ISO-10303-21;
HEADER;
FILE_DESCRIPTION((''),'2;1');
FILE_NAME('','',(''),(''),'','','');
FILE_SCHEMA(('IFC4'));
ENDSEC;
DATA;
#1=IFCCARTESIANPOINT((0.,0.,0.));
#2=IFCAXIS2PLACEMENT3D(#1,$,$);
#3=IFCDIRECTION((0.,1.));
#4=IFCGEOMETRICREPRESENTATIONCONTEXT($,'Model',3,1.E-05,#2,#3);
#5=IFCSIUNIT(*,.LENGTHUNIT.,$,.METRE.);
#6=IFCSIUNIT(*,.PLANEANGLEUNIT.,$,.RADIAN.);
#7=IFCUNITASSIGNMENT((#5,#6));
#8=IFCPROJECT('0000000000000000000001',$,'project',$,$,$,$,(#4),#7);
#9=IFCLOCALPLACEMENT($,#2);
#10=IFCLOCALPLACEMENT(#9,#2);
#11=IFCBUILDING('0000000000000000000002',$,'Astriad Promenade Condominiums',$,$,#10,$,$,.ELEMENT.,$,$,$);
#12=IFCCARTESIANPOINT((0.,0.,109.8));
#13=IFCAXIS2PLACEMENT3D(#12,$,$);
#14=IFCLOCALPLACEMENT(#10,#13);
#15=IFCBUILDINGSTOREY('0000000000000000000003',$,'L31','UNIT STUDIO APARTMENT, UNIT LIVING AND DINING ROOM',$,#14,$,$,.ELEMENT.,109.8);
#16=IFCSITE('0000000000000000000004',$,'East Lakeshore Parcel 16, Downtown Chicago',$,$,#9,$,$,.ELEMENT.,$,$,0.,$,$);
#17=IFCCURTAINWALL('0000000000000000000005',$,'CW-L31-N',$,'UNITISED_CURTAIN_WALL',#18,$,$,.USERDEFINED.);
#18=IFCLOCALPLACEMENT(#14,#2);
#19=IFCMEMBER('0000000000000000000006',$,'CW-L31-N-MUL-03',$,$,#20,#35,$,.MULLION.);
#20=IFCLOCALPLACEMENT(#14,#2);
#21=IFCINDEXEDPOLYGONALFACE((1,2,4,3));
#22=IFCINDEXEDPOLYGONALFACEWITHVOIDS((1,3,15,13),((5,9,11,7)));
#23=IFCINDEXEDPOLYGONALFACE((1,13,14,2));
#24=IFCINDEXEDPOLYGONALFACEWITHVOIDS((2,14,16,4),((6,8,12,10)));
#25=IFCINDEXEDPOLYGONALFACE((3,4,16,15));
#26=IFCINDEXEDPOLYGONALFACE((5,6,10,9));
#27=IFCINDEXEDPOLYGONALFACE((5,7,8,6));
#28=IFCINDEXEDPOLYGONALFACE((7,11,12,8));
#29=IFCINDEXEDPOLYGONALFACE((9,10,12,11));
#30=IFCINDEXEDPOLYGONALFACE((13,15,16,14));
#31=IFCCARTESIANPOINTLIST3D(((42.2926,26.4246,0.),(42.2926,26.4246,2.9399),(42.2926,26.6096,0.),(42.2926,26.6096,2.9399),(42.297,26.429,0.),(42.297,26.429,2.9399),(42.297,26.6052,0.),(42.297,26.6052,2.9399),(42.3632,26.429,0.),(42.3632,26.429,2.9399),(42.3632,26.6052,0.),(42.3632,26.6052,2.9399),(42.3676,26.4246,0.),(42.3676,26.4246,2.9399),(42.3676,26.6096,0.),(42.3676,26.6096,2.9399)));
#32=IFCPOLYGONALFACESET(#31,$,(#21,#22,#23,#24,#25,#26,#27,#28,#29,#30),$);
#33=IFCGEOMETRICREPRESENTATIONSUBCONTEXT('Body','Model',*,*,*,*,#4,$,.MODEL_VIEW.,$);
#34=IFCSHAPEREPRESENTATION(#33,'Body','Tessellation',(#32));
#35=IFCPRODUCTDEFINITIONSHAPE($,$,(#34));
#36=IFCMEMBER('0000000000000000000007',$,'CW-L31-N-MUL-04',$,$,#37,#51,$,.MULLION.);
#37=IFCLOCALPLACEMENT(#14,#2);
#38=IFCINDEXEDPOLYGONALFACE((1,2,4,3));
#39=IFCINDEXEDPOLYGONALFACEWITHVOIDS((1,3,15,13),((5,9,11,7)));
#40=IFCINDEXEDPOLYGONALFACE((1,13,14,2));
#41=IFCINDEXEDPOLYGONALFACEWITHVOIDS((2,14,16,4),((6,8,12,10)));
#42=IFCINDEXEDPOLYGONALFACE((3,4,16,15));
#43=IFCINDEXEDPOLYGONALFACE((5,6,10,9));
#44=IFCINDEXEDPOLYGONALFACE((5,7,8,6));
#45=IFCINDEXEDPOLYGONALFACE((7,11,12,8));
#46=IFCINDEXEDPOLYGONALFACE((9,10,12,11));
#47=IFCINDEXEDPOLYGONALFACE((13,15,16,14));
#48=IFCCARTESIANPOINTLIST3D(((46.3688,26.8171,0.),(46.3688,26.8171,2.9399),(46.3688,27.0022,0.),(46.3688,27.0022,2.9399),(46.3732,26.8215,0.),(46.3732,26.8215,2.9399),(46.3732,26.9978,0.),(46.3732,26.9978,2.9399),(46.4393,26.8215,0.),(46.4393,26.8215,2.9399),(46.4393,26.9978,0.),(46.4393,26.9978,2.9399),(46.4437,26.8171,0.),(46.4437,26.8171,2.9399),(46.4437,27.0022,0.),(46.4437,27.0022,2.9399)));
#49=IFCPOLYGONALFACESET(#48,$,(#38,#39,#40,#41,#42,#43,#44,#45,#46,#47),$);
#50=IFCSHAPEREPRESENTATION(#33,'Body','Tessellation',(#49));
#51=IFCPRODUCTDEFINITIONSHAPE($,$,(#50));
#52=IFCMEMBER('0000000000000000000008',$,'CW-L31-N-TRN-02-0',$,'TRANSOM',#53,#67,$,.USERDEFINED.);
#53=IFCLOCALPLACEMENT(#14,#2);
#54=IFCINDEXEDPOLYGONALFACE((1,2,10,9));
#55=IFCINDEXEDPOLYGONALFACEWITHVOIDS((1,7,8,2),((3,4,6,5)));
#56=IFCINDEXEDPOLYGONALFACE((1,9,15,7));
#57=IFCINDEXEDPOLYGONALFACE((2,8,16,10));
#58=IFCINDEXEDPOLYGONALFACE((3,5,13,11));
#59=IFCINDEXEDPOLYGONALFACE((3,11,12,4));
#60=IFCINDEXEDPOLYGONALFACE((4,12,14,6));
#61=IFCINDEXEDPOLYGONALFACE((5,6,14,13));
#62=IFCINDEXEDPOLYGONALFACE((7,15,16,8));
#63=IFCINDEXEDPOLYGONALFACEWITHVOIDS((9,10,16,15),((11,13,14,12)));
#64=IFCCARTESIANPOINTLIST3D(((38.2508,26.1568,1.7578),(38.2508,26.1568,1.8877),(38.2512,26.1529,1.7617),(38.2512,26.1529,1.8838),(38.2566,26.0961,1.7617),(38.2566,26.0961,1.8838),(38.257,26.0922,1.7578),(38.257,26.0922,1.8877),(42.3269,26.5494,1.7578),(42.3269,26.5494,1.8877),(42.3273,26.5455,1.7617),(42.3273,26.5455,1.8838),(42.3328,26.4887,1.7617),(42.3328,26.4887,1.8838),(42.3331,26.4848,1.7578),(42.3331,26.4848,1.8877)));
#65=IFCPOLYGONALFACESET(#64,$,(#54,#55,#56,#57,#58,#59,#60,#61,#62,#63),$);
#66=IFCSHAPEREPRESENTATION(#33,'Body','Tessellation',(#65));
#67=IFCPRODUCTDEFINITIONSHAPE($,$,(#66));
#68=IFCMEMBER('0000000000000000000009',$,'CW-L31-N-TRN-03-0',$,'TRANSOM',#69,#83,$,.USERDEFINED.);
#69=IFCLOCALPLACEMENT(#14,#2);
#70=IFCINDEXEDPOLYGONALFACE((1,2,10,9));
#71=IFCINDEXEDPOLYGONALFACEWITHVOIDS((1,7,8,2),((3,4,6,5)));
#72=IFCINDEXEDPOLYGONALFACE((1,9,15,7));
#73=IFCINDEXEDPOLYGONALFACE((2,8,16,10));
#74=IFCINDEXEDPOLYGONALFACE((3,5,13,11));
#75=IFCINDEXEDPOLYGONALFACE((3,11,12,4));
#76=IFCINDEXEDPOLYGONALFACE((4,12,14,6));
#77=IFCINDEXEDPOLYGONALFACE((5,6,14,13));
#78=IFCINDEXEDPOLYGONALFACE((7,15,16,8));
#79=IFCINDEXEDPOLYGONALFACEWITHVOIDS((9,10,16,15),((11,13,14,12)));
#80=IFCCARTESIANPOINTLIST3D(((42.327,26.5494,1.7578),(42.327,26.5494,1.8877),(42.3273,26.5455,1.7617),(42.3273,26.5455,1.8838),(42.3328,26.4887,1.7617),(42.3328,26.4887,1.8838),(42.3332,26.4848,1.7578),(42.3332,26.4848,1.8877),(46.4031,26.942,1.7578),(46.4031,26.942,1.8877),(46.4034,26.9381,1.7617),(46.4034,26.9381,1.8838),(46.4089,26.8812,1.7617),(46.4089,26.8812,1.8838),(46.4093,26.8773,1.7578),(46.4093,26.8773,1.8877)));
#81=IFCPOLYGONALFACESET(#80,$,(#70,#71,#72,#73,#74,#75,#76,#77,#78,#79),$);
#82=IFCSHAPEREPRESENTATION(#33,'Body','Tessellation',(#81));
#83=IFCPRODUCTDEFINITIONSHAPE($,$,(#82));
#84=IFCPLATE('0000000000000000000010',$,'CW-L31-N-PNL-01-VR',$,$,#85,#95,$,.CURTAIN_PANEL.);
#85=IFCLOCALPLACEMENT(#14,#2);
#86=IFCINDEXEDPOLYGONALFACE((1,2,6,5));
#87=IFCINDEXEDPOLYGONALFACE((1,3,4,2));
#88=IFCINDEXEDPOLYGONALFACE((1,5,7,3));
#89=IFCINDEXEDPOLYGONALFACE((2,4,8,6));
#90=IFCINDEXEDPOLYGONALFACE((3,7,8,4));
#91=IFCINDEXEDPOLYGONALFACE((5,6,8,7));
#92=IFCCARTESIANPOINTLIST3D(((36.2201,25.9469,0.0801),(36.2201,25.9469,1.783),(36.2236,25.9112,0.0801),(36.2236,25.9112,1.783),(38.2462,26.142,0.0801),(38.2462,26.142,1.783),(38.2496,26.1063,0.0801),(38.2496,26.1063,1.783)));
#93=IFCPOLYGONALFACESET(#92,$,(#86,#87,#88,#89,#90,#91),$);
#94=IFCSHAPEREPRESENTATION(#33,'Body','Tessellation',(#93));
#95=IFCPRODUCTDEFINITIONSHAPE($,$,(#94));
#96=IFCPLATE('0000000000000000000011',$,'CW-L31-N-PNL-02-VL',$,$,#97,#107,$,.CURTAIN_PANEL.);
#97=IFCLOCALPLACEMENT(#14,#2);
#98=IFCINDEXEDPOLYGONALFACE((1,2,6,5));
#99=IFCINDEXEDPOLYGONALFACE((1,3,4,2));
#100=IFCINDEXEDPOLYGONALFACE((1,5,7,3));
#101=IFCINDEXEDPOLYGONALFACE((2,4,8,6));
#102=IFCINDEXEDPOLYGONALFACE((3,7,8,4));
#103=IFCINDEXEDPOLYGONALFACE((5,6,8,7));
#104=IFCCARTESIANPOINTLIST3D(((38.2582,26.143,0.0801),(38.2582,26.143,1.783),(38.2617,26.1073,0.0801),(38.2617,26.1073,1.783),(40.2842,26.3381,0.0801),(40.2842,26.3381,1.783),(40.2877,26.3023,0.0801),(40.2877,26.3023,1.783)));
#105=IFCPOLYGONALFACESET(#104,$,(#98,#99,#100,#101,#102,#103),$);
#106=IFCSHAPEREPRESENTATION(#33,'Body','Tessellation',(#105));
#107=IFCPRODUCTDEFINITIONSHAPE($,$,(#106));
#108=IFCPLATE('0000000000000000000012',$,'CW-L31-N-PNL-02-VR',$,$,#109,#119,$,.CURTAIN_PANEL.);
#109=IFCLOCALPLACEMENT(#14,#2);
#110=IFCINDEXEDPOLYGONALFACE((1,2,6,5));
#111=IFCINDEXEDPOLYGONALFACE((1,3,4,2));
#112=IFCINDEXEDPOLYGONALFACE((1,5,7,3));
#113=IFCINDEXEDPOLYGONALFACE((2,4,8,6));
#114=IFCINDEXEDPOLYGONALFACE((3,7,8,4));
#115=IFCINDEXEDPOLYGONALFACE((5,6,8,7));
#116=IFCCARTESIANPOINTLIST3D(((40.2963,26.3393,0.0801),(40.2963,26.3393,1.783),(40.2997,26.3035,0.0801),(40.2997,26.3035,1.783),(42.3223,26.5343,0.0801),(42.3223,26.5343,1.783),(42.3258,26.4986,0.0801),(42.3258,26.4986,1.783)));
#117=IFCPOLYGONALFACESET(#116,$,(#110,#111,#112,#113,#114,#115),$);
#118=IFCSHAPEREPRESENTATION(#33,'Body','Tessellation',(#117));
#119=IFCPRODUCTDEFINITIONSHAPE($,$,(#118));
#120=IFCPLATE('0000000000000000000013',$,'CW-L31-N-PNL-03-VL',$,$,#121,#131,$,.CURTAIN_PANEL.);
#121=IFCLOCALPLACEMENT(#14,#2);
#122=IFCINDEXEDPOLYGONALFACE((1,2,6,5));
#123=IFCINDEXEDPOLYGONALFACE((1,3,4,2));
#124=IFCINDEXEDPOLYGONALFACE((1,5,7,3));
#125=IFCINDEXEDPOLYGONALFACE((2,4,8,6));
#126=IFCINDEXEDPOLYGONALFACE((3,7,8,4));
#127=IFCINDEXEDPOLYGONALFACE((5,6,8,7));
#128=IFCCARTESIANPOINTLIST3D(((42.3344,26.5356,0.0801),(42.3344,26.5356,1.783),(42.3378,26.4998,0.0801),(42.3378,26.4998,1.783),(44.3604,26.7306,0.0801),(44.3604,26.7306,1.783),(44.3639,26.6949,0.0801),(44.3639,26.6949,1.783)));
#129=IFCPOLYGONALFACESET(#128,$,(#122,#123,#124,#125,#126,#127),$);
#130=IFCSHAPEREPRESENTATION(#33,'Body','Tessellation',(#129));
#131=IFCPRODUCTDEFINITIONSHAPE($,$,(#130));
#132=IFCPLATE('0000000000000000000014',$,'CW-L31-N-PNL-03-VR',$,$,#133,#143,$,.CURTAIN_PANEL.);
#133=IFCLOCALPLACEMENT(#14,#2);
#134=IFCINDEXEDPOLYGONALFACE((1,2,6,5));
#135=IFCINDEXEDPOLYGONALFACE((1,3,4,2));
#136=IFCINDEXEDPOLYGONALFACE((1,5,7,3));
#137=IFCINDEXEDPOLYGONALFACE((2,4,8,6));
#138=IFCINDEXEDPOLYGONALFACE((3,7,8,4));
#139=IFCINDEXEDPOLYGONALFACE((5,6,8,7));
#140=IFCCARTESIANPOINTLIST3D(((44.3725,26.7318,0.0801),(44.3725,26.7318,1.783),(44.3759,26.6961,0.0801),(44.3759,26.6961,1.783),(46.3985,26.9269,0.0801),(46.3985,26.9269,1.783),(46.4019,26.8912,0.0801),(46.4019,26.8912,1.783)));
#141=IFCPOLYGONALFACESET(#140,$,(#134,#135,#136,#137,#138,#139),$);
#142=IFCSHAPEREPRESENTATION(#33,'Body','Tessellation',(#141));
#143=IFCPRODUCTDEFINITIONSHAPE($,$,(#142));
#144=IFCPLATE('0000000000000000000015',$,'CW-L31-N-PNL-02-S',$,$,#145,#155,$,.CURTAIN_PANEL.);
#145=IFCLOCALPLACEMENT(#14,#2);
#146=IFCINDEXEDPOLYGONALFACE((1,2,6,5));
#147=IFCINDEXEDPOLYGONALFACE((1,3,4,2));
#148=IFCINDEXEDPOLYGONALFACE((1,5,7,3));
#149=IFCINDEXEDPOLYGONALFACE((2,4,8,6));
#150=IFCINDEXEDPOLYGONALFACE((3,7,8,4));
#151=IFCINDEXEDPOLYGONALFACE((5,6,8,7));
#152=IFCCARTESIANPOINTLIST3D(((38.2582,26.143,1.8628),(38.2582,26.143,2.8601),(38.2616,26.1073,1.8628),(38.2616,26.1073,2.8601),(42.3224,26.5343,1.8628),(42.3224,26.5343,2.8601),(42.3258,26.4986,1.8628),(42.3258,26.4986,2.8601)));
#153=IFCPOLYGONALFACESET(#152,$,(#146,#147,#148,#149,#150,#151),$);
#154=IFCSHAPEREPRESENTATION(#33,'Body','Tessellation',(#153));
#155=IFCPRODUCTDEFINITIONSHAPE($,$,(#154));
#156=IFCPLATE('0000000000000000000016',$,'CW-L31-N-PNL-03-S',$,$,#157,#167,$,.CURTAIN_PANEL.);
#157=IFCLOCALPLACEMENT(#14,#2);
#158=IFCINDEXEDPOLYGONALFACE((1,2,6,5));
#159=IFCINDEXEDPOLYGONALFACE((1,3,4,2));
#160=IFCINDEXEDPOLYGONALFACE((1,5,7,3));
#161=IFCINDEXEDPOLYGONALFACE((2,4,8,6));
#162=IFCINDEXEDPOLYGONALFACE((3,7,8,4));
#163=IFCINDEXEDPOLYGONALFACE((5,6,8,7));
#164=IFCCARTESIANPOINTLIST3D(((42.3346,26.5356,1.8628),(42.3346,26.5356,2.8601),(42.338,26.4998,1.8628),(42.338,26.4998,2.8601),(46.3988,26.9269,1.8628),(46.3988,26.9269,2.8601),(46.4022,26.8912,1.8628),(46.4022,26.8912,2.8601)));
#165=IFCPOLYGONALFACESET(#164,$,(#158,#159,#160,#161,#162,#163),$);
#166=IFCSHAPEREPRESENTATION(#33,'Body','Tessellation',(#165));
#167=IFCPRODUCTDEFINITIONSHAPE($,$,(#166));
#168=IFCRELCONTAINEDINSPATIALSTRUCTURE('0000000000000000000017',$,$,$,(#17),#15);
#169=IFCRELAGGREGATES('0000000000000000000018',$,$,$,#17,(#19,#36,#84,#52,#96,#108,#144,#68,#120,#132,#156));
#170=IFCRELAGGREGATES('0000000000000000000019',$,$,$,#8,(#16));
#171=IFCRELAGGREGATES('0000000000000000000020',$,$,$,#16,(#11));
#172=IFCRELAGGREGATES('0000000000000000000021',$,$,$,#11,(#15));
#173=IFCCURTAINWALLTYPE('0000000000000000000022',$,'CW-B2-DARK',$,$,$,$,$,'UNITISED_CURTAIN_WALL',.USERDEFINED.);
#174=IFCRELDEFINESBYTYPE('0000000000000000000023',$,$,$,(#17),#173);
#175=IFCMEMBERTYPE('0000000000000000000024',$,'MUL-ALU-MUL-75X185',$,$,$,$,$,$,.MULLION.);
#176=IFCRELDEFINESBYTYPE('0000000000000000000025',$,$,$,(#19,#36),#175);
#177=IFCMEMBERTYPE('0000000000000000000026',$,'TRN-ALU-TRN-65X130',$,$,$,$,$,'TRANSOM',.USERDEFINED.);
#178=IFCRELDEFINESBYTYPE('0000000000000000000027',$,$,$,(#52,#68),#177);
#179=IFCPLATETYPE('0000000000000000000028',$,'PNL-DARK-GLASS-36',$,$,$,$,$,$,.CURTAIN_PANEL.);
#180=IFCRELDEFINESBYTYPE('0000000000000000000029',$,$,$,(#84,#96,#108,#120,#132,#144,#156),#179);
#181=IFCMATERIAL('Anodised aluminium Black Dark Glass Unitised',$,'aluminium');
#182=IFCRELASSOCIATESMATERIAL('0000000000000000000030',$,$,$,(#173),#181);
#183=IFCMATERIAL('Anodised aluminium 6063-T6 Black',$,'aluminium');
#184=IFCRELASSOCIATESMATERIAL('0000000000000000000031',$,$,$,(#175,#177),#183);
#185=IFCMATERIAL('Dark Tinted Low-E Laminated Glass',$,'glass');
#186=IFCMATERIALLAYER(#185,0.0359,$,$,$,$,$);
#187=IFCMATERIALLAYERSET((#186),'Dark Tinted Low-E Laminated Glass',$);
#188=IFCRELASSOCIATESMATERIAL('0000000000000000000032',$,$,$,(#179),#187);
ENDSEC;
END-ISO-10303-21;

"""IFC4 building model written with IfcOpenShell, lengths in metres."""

from ifc_helpers import new_model, si_unit, direction, frame, origin, origin_2d, place, context, subcontext, project, spatial, rectangle, hollow_rectangle, extrude, source, transform, mapped, material, layer, layer_set, material_profile, profile_set, type_object, type_shapes, element, aggregate, save


model = new_model("IFC4")

# Units and contexts
model_context = context("Model", 3, precision=1e-05, world=origin(), true_north=direction((0.0, 1.0)))
body_context = subcontext(model_context, "Body", "Model", "MODEL_VIEW")
ifc_project = project(units=[si_unit("LENGTHUNIT", "METRE"), si_unit("PLANEANGLEUNIT", "RADIAN")], contexts=[model_context])

# Site, building, storey
site_placement = place(None, origin())
site = spatial("IfcSite", under=ifc_project, at=site_placement, Name="East Lakeshore Parcel 16, Downtown Chicago", CompositionType="ELEMENT", RefElevation=0.0)
building_placement = place(site_placement, origin())
building = spatial("IfcBuilding", under=site, at=building_placement, Name="Astriad Promenade Condominiums", CompositionType="ELEMENT")
storey_placement = place(building_placement, frame((0.0, 0.0, 109.8)))
storey = spatial("IfcBuildingStorey", under=building, at=storey_placement, Name="L31", Description="UNIT STUDIO APARTMENT, UNIT LIVING AND DINING ROOM", CompositionType="ELEMENT", Elevation=109.8)

# Curtain wall, members, plates
ifc_material_1 = material(Name="Anodised aluminium Black Dark Glass Unitised", Category="aluminium")
curtain_wall_type = type_object("IfcCurtainWallType", Name="CW-B2-DARK", ElementType="UNITISED_CURTAIN_WALL", PredefinedType="USERDEFINED", material=ifc_material_1)
curtain_wall_placement = place(storey_placement, origin())
curtain_wall = element("IfcCurtainWall", 1, at=curtain_wall_placement, inside=storey, type_object=curtain_wall_type, Name="CW-L31-N", ObjectType="UNITISED_CURTAIN_WALL", PredefinedType="USERDEFINED")
ifc_material_2 = material(Name="Anodised aluminium 6063-T6 Black", Category="aluminium")
ifc_material_profile_1 = material_profile(ifc_material_2, hollow_rectangle(XDim=0.075, YDim=0.1851, WallThickness=0.0044, at=origin_2d()), Name="ALU-MUL-75X185")
ifc_profile_set_1 = profile_set([ifc_material_profile_1], Name="Anodised aluminium 6063-T6 Black")
member_type_1 = type_object("IfcMemberType", Name="MUL-ALU-MUL-75X185", PredefinedType="MULLION", material=ifc_profile_set_1)
shared_shape_1 = source(origin(), body_context, "Body", "SweptSolid", [
    extrude(hollow_rectangle(XDim=0.075, YDim=0.1851, WallThickness=0.0044, at=origin_2d()), origin(), (0.0, 0.0, 1.0), 2.9399),
])
type_shapes(member_type_1, [shared_shape_1])
member_1_placement = place(storey_placement, frame((42.3301, 26.5171, 0.0), z_axis=(0.0, 0.0, 1.0), x_axis=(1.0, 0.0, 0.0)))
member_1 = element("IfcMember", 2, at=member_1_placement, type_object=member_type_1, Name="CW-L31-N-MUL-03", PredefinedType="MULLION", context=body_context, shape_type="MappedRepresentation", body=[
    mapped(shared_shape_1, transform((0.0, 0.0, 0.0), scale=1.0)),
])
member_2_placement = place(storey_placement, frame((46.4062, 26.9097, 0.0), z_axis=(0.0, 0.0, 1.0), x_axis=(1.0, 0.0, 0.0)))
member_2 = element("IfcMember", 3, at=member_2_placement, type_object=member_type_1, Name="CW-L31-N-MUL-04", PredefinedType="MULLION", context=body_context, shape_type="MappedRepresentation", body=[
    mapped(shared_shape_1, transform((0.0, 0.0, 0.0), scale=1.0)),
])
ifc_material_profile_2 = material_profile(ifc_material_2, hollow_rectangle(XDim=0.0649, YDim=0.1299, WallThickness=0.0039, at=origin_2d()), Name="ALU-TRN-65X130")
ifc_profile_set_2 = profile_set([ifc_material_profile_2], Name="Anodised aluminium 6063-T6 Black")
member_type_2 = type_object("IfcMemberType", Name="TRN-ALU-TRN-65X130", ElementType="TRANSOM", PredefinedType="USERDEFINED", material=ifc_profile_set_2)
shared_shape_2 = source(origin(), body_context, "Body", "SweptSolid", [
    extrude(hollow_rectangle(XDim=0.0649, YDim=0.1299, WallThickness=0.0039, at=origin_2d()), origin(), (0.0, 0.0, 1.0), 4.095),
])
type_shapes(member_type_2, [shared_shape_2])
member_3_placement = place(storey_placement, frame((38.2539, 26.1245, 1.8228), z_axis=(0.995394, 0.095867, 0.0), x_axis=(-0.095867, 0.995394, 0.0)))
member_3 = element("IfcMember", 4, at=member_3_placement, type_object=member_type_2, Name="CW-L31-N-TRN-02-0", ObjectType="TRANSOM", PredefinedType="USERDEFINED", context=body_context, shape_type="MappedRepresentation", body=[
    mapped(shared_shape_2, transform((0.0, 0.0, 0.0), scale=1.0)),
])
member_4_placement = place(storey_placement, frame((42.3301, 26.5171, 1.8228), z_axis=(0.995394, 0.095867, 0.0), x_axis=(-0.095867, 0.995394, 0.0)))
member_4 = element("IfcMember", 5, at=member_4_placement, type_object=member_type_2, Name="CW-L31-N-TRN-03-0", ObjectType="TRANSOM", PredefinedType="USERDEFINED", context=body_context, shape_type="MappedRepresentation", body=[
    mapped(shared_shape_2, transform((0.0, 0.0, 0.0), scale=1.0)),
])
ifc_material_3 = material(Name="Dark Tinted Low-E Laminated Glass", Category="glass")
ifc_layer_1 = layer(ifc_material_3, 0.0359)
ifc_layer_set_1 = layer_set([ifc_layer_1], Name="Dark Tinted Low-E Laminated Glass")
plate_type = type_object("IfcPlateType", Name="PNL-DARK-GLASS-36", PredefinedType="CURTAIN_PANEL", material=ifc_layer_set_1)
shared_shape_3 = source(origin(), body_context, "Body", "SweptSolid", [
    extrude(rectangle(XDim=2.0354, YDim=0.0359, at=origin_2d()), origin(), (0.0, 0.0, 1.0), 1.7029),
])
plate_1_placement = place(storey_placement, frame((37.2349, 26.0266, 0.0801), z_axis=(0.0, 0.0, 1.0), x_axis=(0.995396, 0.095846, 0.0)))
plate_1 = element("IfcPlate", 6, at=plate_1_placement, type_object=plate_type, Name="CW-L31-N-PNL-01-VR", PredefinedType="CURTAIN_PANEL", context=body_context, shape_type="MappedRepresentation", body=[
    mapped(shared_shape_3, transform((0.0, 0.0, 0.0), scale=1.0)),
])
plate_2_placement = place(storey_placement, frame((39.2729, 26.2227, 0.0801), z_axis=(0.0, 0.0, 1.0), x_axis=(0.995396, 0.095846, 0.0)))
plate_2 = element("IfcPlate", 7, at=plate_2_placement, type_object=plate_type, Name="CW-L31-N-PNL-02-VL", PredefinedType="CURTAIN_PANEL", context=body_context, shape_type="MappedRepresentation", body=[
    mapped(shared_shape_3, transform((0.0, 0.0, 0.0), scale=1.0)),
])
plate_3_placement = place(storey_placement, frame((41.311, 26.4189, 0.0801), z_axis=(0.0, 0.0, 1.0), x_axis=(0.995396, 0.095846, 0.0)))
plate_3 = element("IfcPlate", 8, at=plate_3_placement, type_object=plate_type, Name="CW-L31-N-PNL-02-VR", PredefinedType="CURTAIN_PANEL", context=body_context, shape_type="MappedRepresentation", body=[
    mapped(shared_shape_3, transform((0.0, 0.0, 0.0), scale=1.0)),
])
plate_4_placement = place(storey_placement, frame((43.3491, 26.6152, 0.0801), z_axis=(0.0, 0.0, 1.0), x_axis=(0.995396, 0.095846, 0.0)))
plate_4 = element("IfcPlate", 9, at=plate_4_placement, type_object=plate_type, Name="CW-L31-N-PNL-03-VL", PredefinedType="CURTAIN_PANEL", context=body_context, shape_type="MappedRepresentation", body=[
    mapped(shared_shape_3, transform((0.0, 0.0, 0.0), scale=1.0)),
])
plate_5_placement = place(storey_placement, frame((45.3872, 26.8115, 0.0801), z_axis=(0.0, 0.0, 1.0), x_axis=(0.995396, 0.095846, 0.0)))
plate_5 = element("IfcPlate", 10, at=plate_5_placement, type_object=plate_type, Name="CW-L31-N-PNL-03-VR", PredefinedType="CURTAIN_PANEL", context=body_context, shape_type="MappedRepresentation", body=[
    mapped(shared_shape_3, transform((0.0, 0.0, 0.0), scale=1.0)),
])
shared_shape_4 = source(origin(), body_context, "Body", "SweptSolid", [
    extrude(rectangle(XDim=4.083, YDim=0.0359, at=origin_2d()), origin(), (0.0, 0.0, 1.0), 0.9973),
])
type_shapes(plate_type, [shared_shape_3, shared_shape_4])
plate_6_placement = place(storey_placement, frame((40.292, 26.3208, 1.8628), z_axis=(0.0, 0.0, 1.0), x_axis=(0.995396, 0.095846, 0.0)))
plate_6 = element("IfcPlate", 11, at=plate_6_placement, type_object=plate_type, Name="CW-L31-N-PNL-02-S", PredefinedType="CURTAIN_PANEL", context=body_context, shape_type="MappedRepresentation", body=[
    mapped(shared_shape_4, transform((0.0, 0.0, 0.0), scale=1.0)),
])
plate_7_placement = place(storey_placement, frame((44.3684, 26.7134, 1.8628), z_axis=(0.0, 0.0, 1.0), x_axis=(0.995396, 0.095846, 0.0)))
plate_7 = element("IfcPlate", 12, at=plate_7_placement, type_object=plate_type, Name="CW-L31-N-PNL-03-S", PredefinedType="CURTAIN_PANEL", context=body_context, shape_type="MappedRepresentation", body=[
    mapped(shared_shape_4, transform((0.0, 0.0, 0.0), scale=1.0)),
])
aggregate(curtain_wall, [member_1, member_2, plate_1, member_3, plate_2, plate_3, plate_6, member_4, plate_4, plate_5, plate_7])

save(model, "model.ifc")
